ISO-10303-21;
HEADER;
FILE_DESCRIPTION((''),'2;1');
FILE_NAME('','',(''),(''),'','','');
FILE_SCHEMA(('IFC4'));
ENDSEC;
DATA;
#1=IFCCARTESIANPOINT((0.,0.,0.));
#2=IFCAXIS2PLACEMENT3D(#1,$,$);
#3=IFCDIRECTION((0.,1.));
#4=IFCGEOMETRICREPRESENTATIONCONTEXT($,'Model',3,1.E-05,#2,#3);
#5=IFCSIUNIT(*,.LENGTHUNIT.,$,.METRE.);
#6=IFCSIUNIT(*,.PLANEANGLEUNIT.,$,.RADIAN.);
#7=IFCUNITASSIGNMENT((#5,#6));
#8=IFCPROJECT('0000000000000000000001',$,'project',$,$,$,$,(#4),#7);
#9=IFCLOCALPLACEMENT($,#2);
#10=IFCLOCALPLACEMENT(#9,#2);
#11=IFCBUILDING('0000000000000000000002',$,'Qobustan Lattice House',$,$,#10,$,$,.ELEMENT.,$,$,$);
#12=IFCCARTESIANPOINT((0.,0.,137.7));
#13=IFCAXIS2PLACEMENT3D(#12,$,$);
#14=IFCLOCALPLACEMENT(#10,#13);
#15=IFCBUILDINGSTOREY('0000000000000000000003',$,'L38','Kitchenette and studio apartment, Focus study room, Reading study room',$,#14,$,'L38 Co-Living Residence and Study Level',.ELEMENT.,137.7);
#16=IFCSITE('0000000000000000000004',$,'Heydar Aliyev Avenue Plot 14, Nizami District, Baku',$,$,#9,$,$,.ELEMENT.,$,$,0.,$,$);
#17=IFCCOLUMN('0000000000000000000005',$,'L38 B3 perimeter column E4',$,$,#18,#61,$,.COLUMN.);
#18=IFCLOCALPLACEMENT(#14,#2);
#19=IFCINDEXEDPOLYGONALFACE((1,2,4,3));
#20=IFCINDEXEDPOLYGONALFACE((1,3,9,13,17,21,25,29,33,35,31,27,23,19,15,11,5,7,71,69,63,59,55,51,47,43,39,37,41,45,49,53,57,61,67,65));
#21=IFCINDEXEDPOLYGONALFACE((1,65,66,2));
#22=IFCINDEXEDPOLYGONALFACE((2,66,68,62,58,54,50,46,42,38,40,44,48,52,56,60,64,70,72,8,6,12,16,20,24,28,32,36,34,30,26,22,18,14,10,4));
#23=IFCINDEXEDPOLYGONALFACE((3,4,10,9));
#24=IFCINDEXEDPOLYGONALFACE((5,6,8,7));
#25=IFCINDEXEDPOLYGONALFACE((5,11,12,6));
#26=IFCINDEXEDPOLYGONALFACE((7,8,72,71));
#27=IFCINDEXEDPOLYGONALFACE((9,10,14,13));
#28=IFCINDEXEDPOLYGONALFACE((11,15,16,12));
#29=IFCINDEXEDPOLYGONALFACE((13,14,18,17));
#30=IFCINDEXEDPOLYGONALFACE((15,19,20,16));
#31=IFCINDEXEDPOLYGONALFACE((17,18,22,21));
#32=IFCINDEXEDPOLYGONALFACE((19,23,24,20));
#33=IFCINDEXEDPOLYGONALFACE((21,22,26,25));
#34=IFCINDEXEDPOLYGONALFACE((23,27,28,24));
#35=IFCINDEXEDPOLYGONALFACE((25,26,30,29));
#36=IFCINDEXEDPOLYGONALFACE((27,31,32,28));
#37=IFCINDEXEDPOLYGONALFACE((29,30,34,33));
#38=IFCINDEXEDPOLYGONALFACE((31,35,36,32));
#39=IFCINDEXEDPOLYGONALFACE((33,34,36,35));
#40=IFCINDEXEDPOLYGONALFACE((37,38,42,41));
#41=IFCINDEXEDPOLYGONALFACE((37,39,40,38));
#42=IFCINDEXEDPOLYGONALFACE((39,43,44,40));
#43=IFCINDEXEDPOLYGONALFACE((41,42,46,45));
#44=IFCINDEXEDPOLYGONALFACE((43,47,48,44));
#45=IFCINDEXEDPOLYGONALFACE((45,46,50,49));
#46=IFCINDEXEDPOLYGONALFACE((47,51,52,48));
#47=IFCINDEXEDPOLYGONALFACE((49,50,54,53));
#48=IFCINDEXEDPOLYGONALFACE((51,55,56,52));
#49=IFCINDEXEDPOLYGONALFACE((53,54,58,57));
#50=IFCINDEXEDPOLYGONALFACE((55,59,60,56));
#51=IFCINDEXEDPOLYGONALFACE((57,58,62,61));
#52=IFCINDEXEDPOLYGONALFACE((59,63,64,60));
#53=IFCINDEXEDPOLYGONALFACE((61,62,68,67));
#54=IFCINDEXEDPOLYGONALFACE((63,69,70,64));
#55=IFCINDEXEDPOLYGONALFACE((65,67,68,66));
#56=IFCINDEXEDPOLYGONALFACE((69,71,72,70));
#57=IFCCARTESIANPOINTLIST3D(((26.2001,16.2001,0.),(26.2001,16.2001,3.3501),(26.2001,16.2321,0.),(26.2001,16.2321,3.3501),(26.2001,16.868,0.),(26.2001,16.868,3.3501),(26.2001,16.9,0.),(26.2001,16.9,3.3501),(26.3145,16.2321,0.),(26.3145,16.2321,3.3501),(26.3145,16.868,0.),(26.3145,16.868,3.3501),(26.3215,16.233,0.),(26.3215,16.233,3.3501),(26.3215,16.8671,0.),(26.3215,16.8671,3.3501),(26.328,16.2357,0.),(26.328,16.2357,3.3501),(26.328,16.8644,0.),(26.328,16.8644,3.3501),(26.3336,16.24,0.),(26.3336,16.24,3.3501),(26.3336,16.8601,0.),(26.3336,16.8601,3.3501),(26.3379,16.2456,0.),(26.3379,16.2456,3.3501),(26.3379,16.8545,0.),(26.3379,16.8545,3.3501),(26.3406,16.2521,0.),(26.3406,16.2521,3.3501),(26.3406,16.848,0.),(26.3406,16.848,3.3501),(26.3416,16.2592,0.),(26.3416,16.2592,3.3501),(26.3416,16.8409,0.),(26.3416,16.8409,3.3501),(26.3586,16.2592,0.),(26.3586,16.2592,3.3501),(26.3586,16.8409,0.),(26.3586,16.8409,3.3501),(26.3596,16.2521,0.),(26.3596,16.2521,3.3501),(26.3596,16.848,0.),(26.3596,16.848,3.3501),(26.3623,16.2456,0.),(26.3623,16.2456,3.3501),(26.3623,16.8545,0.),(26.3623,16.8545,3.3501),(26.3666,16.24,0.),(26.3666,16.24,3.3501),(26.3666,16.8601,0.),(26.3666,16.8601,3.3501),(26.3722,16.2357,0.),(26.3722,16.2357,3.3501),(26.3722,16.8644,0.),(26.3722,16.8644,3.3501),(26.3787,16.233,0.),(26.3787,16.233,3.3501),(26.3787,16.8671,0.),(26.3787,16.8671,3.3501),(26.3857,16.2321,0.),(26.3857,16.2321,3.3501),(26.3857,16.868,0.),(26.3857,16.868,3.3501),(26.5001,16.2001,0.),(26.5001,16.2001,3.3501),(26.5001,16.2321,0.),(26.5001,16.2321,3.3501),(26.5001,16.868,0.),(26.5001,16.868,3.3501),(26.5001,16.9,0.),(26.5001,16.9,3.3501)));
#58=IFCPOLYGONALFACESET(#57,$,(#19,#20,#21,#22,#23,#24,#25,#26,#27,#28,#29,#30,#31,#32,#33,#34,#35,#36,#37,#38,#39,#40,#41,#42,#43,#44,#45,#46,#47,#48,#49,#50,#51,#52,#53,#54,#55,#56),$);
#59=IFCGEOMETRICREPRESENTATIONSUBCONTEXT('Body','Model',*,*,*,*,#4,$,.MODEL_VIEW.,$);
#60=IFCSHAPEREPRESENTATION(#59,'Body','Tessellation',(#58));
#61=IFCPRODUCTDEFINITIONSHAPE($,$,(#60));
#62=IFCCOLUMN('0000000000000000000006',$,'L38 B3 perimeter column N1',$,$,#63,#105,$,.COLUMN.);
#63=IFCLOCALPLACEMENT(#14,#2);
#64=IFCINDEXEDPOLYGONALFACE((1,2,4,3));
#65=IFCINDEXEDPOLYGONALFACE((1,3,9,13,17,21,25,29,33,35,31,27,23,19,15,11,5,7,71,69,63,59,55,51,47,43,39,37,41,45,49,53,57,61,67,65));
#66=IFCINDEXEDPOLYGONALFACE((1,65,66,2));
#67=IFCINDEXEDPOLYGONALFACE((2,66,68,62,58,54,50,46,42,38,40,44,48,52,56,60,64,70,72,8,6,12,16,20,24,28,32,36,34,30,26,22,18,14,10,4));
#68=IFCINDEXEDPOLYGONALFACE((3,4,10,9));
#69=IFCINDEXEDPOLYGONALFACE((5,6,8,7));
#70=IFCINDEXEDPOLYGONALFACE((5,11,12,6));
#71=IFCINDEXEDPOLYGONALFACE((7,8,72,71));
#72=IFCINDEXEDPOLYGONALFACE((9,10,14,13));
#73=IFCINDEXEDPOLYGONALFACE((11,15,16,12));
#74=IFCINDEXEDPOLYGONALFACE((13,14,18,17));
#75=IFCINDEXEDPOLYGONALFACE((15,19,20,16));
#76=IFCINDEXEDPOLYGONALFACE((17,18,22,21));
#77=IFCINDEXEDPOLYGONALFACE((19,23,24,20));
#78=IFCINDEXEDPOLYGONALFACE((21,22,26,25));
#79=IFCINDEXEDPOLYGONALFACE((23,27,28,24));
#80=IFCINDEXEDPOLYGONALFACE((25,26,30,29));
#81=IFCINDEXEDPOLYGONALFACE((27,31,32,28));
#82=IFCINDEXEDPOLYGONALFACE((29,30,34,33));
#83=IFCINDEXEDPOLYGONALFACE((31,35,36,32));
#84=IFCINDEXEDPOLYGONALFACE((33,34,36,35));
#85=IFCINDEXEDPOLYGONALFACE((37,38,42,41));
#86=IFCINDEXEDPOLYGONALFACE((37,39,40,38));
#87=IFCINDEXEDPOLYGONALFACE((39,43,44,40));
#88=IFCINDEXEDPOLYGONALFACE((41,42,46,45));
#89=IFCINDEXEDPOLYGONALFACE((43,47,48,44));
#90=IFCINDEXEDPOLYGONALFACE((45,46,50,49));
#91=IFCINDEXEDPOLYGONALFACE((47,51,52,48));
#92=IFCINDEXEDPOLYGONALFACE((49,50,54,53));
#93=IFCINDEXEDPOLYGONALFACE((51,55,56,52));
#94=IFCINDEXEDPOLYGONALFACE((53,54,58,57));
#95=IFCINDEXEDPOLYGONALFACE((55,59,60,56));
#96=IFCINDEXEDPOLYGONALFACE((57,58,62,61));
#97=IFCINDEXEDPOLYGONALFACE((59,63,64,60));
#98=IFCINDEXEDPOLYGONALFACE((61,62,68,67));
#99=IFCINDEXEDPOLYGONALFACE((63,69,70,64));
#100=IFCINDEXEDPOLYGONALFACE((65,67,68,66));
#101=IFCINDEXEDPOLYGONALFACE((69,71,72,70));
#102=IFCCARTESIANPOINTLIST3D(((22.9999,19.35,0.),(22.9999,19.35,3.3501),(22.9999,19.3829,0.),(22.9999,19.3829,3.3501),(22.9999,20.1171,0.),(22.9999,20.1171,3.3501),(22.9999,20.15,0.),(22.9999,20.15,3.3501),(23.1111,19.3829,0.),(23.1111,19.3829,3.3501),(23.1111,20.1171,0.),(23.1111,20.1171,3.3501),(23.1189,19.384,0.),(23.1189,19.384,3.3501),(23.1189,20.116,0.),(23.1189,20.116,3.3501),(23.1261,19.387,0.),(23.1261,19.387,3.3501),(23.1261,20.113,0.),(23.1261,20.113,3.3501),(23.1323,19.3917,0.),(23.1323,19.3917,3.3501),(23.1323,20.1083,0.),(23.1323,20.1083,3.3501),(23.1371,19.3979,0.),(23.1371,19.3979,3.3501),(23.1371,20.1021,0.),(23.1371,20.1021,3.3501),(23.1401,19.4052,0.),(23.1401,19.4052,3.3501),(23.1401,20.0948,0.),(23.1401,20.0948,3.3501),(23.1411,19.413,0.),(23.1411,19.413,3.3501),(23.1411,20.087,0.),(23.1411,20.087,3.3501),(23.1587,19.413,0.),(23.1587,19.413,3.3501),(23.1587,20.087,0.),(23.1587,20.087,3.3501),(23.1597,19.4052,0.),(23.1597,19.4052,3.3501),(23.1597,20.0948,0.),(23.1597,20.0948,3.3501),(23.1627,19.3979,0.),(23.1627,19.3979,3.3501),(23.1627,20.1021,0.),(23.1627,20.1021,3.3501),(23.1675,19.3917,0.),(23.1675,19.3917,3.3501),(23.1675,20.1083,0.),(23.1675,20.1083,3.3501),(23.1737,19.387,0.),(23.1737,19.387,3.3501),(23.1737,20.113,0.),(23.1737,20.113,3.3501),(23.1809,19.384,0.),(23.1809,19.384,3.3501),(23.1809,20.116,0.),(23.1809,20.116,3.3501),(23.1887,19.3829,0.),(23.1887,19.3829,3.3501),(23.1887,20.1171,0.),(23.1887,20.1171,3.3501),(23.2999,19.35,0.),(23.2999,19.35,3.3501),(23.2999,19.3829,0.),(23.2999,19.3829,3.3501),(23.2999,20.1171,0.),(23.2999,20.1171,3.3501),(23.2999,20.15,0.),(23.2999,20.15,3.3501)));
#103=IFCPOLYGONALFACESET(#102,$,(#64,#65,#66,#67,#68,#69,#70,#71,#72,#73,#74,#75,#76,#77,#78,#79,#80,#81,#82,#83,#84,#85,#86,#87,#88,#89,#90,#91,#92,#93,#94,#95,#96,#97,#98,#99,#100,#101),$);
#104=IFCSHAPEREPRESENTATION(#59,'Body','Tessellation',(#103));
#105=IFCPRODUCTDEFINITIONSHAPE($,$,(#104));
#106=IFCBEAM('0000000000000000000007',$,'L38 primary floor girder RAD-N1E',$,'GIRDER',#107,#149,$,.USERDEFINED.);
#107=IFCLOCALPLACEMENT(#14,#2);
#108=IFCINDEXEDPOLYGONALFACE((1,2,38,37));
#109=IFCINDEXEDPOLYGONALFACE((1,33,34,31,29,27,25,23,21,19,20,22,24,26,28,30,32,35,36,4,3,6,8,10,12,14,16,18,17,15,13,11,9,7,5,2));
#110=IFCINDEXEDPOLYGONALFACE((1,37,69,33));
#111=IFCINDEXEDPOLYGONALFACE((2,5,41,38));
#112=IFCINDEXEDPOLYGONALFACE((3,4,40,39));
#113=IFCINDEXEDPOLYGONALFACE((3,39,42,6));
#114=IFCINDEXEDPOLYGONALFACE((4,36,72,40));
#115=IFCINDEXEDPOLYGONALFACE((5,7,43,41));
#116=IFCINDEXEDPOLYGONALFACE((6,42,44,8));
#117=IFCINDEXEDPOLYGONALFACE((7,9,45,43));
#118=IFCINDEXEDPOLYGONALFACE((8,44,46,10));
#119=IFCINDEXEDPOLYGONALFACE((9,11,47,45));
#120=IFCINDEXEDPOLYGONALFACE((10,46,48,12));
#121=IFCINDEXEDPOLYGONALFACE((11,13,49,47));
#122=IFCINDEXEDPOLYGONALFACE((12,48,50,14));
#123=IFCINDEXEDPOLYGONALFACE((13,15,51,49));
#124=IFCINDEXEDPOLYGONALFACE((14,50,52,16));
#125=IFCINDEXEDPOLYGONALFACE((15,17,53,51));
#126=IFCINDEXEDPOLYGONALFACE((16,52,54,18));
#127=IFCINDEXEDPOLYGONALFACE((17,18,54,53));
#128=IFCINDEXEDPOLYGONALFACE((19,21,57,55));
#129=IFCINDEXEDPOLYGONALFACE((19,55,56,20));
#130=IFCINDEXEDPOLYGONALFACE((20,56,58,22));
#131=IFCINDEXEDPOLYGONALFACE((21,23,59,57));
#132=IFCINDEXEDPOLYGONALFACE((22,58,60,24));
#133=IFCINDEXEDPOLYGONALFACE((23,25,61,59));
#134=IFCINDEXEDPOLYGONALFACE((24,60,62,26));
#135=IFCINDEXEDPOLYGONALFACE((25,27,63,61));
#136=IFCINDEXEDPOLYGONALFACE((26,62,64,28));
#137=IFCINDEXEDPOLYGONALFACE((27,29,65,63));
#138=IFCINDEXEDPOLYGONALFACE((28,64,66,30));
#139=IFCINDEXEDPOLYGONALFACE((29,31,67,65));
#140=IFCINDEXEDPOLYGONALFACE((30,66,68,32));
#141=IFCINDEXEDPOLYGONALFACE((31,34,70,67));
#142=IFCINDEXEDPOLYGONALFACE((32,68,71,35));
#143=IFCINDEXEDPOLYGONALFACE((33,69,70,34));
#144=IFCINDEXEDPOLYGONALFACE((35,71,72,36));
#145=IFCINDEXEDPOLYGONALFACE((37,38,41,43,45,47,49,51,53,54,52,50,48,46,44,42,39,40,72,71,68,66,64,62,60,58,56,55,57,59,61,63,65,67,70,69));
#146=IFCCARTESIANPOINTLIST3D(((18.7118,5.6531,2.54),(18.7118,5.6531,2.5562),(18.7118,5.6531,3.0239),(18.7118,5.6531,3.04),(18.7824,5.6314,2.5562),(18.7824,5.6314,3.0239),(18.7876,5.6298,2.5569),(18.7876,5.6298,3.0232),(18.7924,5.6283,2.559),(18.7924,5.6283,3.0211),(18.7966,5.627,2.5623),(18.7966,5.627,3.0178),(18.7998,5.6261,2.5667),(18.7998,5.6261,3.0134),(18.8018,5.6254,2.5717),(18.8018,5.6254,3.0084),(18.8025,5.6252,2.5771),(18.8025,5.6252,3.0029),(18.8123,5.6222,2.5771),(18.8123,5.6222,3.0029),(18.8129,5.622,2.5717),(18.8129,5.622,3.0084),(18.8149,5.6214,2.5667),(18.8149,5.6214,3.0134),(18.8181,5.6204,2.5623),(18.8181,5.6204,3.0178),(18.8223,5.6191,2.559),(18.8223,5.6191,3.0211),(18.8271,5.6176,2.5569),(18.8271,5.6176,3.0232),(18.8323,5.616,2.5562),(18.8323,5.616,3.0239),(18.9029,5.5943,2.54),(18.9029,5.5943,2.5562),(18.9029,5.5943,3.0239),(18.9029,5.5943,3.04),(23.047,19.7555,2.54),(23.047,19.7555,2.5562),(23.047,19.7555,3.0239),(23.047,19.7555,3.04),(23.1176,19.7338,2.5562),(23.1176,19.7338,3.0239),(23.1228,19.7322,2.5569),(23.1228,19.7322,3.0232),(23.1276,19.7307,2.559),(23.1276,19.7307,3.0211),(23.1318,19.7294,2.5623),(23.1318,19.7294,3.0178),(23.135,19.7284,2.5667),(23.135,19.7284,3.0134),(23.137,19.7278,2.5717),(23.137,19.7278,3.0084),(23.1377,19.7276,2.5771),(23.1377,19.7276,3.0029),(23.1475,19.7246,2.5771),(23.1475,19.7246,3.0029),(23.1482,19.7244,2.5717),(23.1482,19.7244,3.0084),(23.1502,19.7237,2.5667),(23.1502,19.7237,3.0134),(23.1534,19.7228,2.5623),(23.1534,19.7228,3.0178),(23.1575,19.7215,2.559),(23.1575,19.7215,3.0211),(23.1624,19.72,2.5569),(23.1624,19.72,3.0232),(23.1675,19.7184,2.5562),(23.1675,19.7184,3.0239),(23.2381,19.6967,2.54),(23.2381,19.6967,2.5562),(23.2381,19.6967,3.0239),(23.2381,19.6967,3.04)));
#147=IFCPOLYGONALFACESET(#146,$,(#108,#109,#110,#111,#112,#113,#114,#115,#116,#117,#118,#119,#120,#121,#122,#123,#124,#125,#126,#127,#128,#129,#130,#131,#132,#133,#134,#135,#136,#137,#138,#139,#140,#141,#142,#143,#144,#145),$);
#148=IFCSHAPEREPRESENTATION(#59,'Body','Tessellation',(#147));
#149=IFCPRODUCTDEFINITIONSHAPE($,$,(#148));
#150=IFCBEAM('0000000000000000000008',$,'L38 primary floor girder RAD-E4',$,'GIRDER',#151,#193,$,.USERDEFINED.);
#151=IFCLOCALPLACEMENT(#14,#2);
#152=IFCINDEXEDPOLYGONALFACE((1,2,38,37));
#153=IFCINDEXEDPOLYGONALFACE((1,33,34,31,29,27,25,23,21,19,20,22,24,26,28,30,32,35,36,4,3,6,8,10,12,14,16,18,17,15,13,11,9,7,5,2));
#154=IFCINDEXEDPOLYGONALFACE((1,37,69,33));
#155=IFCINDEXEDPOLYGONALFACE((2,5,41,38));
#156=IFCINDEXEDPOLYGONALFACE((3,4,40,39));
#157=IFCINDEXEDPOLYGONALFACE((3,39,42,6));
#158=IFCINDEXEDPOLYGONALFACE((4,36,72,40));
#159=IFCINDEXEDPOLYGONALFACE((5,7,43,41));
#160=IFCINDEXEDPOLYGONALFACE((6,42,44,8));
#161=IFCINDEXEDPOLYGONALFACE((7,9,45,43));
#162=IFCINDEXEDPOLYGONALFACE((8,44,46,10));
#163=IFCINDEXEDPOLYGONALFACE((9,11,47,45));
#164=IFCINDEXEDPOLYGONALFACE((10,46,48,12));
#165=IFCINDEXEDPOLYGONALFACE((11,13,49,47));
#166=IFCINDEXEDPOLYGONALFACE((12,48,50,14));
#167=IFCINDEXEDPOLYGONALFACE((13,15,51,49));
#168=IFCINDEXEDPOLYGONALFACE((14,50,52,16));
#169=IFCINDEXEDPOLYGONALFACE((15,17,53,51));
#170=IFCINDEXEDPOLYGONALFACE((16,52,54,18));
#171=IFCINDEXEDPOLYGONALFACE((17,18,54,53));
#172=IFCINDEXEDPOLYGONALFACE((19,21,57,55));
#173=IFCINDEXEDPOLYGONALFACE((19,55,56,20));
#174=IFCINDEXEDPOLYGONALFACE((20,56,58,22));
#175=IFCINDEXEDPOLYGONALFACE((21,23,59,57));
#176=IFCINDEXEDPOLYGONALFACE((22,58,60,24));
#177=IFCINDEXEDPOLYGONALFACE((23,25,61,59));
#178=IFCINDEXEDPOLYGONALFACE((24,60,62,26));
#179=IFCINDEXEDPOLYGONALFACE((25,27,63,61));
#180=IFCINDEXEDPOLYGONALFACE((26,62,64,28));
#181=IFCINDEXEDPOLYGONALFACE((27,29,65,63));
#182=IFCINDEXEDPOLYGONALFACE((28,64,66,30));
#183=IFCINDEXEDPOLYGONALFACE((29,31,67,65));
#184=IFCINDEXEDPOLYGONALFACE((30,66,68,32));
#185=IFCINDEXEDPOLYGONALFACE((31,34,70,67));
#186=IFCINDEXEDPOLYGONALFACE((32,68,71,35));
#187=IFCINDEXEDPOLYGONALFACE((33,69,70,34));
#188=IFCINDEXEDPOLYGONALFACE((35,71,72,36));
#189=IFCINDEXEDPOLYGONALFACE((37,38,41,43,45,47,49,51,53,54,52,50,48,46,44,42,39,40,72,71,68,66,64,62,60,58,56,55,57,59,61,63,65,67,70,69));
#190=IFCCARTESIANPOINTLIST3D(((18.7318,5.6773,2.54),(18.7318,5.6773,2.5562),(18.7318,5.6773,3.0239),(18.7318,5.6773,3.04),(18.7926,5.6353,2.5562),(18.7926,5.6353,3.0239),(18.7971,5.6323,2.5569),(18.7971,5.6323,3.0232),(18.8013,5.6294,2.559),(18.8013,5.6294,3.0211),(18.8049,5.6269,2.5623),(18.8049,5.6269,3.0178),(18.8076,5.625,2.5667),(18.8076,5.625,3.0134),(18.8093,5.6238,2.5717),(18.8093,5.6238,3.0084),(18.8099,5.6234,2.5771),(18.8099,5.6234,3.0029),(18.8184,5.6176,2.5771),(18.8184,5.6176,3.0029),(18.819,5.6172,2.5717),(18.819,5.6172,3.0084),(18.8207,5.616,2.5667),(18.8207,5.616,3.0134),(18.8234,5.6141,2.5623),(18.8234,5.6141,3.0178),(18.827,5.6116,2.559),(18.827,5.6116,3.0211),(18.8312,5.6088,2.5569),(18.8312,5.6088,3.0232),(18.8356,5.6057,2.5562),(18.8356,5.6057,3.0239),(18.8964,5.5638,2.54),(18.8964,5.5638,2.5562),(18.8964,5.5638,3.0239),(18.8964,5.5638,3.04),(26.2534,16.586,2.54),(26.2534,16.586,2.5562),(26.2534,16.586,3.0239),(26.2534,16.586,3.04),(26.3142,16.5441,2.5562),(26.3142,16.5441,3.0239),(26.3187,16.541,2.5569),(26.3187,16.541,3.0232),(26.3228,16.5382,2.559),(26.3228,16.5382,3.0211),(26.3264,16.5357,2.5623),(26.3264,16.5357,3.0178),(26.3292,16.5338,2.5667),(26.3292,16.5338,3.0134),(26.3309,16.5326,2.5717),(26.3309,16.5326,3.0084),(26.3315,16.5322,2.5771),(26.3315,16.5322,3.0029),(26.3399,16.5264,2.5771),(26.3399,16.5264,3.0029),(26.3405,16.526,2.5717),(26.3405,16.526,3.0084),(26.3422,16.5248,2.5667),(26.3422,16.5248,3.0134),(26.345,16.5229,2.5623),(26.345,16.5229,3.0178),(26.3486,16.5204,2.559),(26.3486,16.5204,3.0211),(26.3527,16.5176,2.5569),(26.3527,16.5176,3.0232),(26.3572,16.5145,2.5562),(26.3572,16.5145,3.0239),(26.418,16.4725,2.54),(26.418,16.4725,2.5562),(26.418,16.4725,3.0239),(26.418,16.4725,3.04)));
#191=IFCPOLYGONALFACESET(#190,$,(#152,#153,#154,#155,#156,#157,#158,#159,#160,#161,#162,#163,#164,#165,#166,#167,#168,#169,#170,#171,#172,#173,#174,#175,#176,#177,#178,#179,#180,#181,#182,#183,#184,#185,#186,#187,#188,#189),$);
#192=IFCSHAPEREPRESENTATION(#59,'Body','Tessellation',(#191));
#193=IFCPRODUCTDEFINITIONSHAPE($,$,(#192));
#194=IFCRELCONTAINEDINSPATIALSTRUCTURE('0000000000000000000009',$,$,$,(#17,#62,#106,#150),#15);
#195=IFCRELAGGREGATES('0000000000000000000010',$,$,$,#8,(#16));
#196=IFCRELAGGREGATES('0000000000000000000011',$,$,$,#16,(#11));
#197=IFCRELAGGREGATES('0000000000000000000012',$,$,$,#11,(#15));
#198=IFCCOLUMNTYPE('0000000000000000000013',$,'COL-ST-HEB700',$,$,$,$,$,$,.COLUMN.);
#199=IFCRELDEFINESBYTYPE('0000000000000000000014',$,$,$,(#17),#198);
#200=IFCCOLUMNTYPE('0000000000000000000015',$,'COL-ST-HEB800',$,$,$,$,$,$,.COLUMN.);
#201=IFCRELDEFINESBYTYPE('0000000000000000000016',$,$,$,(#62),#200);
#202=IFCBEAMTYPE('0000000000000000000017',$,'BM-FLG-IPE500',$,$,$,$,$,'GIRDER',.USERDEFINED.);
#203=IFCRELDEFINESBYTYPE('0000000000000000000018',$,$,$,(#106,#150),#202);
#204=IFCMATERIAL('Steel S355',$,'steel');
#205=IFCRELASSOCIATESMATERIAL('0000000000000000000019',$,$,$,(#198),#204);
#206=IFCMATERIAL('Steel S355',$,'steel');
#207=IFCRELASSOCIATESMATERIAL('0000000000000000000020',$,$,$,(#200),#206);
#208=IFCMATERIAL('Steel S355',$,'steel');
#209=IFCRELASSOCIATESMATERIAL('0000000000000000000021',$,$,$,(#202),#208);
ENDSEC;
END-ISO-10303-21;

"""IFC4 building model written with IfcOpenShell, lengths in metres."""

from ifc_helpers import new_model, si_unit, direction, frame, origin, origin_2d, place, context, subcontext, project, spatial, i_section, extrude, material, material_profile, profile_set, type_object, element, save


model = new_model("IFC4")

# Units and contexts
model_context = context("Model", 3, precision=1e-05, world=origin(), true_north=direction((0.0, 1.0)))
body_context = subcontext(model_context, "Body", "Model", "MODEL_VIEW")
ifc_project = project(units=[si_unit("LENGTHUNIT", "METRE"), si_unit("PLANEANGLEUNIT", "RADIAN")], contexts=[model_context])

# Site, building, storey
site_placement = place(None, origin())
site = spatial("IfcSite", under=ifc_project, at=site_placement, Name="Heydar Aliyev Avenue Plot 14, Nizami District, Baku", CompositionType="ELEMENT", RefElevation=0.0)
building_placement = place(site_placement, origin())
building = spatial("IfcBuilding", under=site, at=building_placement, Name="Qobustan Lattice House", CompositionType="ELEMENT")
storey_placement = place(building_placement, frame((0.0, 0.0, 137.7)))
storey = spatial("IfcBuildingStorey", under=building, at=storey_placement, Name="L38", Description="Kitchenette and studio apartment, Focus study room, Reading study room", LongName="L38 Co-Living Residence and Study Level", CompositionType="ELEMENT", Elevation=137.7)

# Columns
ifc_material_1 = material(Name="Steel S355", Category="steel")
ifc_material_profile_1 = material_profile(ifc_material_1, i_section(OverallWidth=0.3, OverallDepth=0.7, WebThickness=0.0171, FlangeThickness=0.032, FilletRadius=0.0271, at=origin_2d()), Name="HEB700")
ifc_profile_set_1 = profile_set([ifc_material_profile_1], Name="Steel S355")
column_type_1 = type_object("IfcColumnType", Name="COL-ST-HEB700", PredefinedType="COLUMN", material=ifc_profile_set_1)
column_1_placement = place(storey_placement, frame((26.3501, 16.55, 0.0), z_axis=(0.0, 0.0, 1.0), x_axis=(1.0, 0.0, 0.0)))
element("IfcColumn", 1, at=column_1_placement, inside=storey, type_object=column_type_1, Name="L38 B3 perimeter column E4", PredefinedType="COLUMN", context=body_context, shape_type="SweptSolid", body=[
    extrude(i_section(OverallWidth=0.3, OverallDepth=0.7, WebThickness=0.0171, FlangeThickness=0.032, FilletRadius=0.0271, at=origin_2d()), origin(), (0.0, 0.0, 1.0), 3.3501),
])
ifc_material_2 = material(Name="Steel S355", Category="steel")
ifc_material_profile_2 = material_profile(ifc_material_2, i_section(OverallWidth=0.3, OverallDepth=0.8, WebThickness=0.0176, FlangeThickness=0.033, FilletRadius=0.03, at=origin_2d()), Name="HEB800")
ifc_profile_set_2 = profile_set([ifc_material_profile_2], Name="Steel S355")
column_type_2 = type_object("IfcColumnType", Name="COL-ST-HEB800", PredefinedType="COLUMN", material=ifc_profile_set_2)
column_2_placement = place(storey_placement, frame((23.1499, 19.75, 0.0), z_axis=(0.0, 0.0, 1.0), x_axis=(1.0, 0.0, 0.0)))
element("IfcColumn", 2, at=column_2_placement, inside=storey, type_object=column_type_2, Name="L38 B3 perimeter column N1", PredefinedType="COLUMN", context=body_context, shape_type="SweptSolid", body=[
    extrude(i_section(OverallWidth=0.3, OverallDepth=0.8, WebThickness=0.0176, FlangeThickness=0.033, FilletRadius=0.03, at=origin_2d()), origin(), (0.0, 0.0, 1.0), 3.3501),
])

# Beams
ifc_material_3 = material(Name="Steel S355", Category="steel")
ifc_material_profile_3 = material_profile(ifc_material_3, i_section(OverallWidth=0.2, OverallDepth=0.5, WebThickness=0.0103, FlangeThickness=0.0161, FilletRadius=0.021, at=origin_2d()), Name="IPE500")
ifc_profile_set_3 = profile_set([ifc_material_profile_3], Name="Steel S355")
beam_type_1 = type_object("IfcBeamType", Name="BM-FLG-IPE500", ElementType="GIRDER", PredefinedType="USERDEFINED", material=ifc_profile_set_3)
beam_1_placement = place(storey_placement, frame((23.1426, 19.7261, 2.79), z_axis=(-0.29384, -0.955854, 0.0), x_axis=(0.955854, -0.29384, 0.0)))
element("IfcBeam", 3, at=beam_1_placement, inside=storey, type_object=beam_type_1, Name="L38 primary floor girder RAD-N1E", ObjectType="GIRDER", PredefinedType="USERDEFINED", context=body_context, shape_type="SweptSolid", body=[
    extrude(i_section(OverallWidth=0.2, OverallDepth=0.5, WebThickness=0.0103, FlangeThickness=0.0161, FilletRadius=0.021, at=origin_2d()), origin(), (0.0, 0.0, 1.0), 14.7537),
])
beam_2_placement = place(storey_placement, frame((26.3357, 16.5293, 2.79), z_axis=(-0.567643, -0.823275, 0.0), x_axis=(0.823275, -0.567643, 0.0)))
element("IfcBeam", 4, at=beam_2_placement, inside=storey, type_object=beam_type_1, Name="L38 primary floor girder RAD-E4", ObjectType="GIRDER", PredefinedType="USERDEFINED", context=body_context, shape_type="SweptSolid", body=[
    extrude(i_section(OverallWidth=0.2, OverallDepth=0.5, WebThickness=0.0103, FlangeThickness=0.0161, FilletRadius=0.021, at=origin_2d()), origin(), (0.0, 0.0, 1.0), 13.2505),
])

save(model, "model.ifc")
